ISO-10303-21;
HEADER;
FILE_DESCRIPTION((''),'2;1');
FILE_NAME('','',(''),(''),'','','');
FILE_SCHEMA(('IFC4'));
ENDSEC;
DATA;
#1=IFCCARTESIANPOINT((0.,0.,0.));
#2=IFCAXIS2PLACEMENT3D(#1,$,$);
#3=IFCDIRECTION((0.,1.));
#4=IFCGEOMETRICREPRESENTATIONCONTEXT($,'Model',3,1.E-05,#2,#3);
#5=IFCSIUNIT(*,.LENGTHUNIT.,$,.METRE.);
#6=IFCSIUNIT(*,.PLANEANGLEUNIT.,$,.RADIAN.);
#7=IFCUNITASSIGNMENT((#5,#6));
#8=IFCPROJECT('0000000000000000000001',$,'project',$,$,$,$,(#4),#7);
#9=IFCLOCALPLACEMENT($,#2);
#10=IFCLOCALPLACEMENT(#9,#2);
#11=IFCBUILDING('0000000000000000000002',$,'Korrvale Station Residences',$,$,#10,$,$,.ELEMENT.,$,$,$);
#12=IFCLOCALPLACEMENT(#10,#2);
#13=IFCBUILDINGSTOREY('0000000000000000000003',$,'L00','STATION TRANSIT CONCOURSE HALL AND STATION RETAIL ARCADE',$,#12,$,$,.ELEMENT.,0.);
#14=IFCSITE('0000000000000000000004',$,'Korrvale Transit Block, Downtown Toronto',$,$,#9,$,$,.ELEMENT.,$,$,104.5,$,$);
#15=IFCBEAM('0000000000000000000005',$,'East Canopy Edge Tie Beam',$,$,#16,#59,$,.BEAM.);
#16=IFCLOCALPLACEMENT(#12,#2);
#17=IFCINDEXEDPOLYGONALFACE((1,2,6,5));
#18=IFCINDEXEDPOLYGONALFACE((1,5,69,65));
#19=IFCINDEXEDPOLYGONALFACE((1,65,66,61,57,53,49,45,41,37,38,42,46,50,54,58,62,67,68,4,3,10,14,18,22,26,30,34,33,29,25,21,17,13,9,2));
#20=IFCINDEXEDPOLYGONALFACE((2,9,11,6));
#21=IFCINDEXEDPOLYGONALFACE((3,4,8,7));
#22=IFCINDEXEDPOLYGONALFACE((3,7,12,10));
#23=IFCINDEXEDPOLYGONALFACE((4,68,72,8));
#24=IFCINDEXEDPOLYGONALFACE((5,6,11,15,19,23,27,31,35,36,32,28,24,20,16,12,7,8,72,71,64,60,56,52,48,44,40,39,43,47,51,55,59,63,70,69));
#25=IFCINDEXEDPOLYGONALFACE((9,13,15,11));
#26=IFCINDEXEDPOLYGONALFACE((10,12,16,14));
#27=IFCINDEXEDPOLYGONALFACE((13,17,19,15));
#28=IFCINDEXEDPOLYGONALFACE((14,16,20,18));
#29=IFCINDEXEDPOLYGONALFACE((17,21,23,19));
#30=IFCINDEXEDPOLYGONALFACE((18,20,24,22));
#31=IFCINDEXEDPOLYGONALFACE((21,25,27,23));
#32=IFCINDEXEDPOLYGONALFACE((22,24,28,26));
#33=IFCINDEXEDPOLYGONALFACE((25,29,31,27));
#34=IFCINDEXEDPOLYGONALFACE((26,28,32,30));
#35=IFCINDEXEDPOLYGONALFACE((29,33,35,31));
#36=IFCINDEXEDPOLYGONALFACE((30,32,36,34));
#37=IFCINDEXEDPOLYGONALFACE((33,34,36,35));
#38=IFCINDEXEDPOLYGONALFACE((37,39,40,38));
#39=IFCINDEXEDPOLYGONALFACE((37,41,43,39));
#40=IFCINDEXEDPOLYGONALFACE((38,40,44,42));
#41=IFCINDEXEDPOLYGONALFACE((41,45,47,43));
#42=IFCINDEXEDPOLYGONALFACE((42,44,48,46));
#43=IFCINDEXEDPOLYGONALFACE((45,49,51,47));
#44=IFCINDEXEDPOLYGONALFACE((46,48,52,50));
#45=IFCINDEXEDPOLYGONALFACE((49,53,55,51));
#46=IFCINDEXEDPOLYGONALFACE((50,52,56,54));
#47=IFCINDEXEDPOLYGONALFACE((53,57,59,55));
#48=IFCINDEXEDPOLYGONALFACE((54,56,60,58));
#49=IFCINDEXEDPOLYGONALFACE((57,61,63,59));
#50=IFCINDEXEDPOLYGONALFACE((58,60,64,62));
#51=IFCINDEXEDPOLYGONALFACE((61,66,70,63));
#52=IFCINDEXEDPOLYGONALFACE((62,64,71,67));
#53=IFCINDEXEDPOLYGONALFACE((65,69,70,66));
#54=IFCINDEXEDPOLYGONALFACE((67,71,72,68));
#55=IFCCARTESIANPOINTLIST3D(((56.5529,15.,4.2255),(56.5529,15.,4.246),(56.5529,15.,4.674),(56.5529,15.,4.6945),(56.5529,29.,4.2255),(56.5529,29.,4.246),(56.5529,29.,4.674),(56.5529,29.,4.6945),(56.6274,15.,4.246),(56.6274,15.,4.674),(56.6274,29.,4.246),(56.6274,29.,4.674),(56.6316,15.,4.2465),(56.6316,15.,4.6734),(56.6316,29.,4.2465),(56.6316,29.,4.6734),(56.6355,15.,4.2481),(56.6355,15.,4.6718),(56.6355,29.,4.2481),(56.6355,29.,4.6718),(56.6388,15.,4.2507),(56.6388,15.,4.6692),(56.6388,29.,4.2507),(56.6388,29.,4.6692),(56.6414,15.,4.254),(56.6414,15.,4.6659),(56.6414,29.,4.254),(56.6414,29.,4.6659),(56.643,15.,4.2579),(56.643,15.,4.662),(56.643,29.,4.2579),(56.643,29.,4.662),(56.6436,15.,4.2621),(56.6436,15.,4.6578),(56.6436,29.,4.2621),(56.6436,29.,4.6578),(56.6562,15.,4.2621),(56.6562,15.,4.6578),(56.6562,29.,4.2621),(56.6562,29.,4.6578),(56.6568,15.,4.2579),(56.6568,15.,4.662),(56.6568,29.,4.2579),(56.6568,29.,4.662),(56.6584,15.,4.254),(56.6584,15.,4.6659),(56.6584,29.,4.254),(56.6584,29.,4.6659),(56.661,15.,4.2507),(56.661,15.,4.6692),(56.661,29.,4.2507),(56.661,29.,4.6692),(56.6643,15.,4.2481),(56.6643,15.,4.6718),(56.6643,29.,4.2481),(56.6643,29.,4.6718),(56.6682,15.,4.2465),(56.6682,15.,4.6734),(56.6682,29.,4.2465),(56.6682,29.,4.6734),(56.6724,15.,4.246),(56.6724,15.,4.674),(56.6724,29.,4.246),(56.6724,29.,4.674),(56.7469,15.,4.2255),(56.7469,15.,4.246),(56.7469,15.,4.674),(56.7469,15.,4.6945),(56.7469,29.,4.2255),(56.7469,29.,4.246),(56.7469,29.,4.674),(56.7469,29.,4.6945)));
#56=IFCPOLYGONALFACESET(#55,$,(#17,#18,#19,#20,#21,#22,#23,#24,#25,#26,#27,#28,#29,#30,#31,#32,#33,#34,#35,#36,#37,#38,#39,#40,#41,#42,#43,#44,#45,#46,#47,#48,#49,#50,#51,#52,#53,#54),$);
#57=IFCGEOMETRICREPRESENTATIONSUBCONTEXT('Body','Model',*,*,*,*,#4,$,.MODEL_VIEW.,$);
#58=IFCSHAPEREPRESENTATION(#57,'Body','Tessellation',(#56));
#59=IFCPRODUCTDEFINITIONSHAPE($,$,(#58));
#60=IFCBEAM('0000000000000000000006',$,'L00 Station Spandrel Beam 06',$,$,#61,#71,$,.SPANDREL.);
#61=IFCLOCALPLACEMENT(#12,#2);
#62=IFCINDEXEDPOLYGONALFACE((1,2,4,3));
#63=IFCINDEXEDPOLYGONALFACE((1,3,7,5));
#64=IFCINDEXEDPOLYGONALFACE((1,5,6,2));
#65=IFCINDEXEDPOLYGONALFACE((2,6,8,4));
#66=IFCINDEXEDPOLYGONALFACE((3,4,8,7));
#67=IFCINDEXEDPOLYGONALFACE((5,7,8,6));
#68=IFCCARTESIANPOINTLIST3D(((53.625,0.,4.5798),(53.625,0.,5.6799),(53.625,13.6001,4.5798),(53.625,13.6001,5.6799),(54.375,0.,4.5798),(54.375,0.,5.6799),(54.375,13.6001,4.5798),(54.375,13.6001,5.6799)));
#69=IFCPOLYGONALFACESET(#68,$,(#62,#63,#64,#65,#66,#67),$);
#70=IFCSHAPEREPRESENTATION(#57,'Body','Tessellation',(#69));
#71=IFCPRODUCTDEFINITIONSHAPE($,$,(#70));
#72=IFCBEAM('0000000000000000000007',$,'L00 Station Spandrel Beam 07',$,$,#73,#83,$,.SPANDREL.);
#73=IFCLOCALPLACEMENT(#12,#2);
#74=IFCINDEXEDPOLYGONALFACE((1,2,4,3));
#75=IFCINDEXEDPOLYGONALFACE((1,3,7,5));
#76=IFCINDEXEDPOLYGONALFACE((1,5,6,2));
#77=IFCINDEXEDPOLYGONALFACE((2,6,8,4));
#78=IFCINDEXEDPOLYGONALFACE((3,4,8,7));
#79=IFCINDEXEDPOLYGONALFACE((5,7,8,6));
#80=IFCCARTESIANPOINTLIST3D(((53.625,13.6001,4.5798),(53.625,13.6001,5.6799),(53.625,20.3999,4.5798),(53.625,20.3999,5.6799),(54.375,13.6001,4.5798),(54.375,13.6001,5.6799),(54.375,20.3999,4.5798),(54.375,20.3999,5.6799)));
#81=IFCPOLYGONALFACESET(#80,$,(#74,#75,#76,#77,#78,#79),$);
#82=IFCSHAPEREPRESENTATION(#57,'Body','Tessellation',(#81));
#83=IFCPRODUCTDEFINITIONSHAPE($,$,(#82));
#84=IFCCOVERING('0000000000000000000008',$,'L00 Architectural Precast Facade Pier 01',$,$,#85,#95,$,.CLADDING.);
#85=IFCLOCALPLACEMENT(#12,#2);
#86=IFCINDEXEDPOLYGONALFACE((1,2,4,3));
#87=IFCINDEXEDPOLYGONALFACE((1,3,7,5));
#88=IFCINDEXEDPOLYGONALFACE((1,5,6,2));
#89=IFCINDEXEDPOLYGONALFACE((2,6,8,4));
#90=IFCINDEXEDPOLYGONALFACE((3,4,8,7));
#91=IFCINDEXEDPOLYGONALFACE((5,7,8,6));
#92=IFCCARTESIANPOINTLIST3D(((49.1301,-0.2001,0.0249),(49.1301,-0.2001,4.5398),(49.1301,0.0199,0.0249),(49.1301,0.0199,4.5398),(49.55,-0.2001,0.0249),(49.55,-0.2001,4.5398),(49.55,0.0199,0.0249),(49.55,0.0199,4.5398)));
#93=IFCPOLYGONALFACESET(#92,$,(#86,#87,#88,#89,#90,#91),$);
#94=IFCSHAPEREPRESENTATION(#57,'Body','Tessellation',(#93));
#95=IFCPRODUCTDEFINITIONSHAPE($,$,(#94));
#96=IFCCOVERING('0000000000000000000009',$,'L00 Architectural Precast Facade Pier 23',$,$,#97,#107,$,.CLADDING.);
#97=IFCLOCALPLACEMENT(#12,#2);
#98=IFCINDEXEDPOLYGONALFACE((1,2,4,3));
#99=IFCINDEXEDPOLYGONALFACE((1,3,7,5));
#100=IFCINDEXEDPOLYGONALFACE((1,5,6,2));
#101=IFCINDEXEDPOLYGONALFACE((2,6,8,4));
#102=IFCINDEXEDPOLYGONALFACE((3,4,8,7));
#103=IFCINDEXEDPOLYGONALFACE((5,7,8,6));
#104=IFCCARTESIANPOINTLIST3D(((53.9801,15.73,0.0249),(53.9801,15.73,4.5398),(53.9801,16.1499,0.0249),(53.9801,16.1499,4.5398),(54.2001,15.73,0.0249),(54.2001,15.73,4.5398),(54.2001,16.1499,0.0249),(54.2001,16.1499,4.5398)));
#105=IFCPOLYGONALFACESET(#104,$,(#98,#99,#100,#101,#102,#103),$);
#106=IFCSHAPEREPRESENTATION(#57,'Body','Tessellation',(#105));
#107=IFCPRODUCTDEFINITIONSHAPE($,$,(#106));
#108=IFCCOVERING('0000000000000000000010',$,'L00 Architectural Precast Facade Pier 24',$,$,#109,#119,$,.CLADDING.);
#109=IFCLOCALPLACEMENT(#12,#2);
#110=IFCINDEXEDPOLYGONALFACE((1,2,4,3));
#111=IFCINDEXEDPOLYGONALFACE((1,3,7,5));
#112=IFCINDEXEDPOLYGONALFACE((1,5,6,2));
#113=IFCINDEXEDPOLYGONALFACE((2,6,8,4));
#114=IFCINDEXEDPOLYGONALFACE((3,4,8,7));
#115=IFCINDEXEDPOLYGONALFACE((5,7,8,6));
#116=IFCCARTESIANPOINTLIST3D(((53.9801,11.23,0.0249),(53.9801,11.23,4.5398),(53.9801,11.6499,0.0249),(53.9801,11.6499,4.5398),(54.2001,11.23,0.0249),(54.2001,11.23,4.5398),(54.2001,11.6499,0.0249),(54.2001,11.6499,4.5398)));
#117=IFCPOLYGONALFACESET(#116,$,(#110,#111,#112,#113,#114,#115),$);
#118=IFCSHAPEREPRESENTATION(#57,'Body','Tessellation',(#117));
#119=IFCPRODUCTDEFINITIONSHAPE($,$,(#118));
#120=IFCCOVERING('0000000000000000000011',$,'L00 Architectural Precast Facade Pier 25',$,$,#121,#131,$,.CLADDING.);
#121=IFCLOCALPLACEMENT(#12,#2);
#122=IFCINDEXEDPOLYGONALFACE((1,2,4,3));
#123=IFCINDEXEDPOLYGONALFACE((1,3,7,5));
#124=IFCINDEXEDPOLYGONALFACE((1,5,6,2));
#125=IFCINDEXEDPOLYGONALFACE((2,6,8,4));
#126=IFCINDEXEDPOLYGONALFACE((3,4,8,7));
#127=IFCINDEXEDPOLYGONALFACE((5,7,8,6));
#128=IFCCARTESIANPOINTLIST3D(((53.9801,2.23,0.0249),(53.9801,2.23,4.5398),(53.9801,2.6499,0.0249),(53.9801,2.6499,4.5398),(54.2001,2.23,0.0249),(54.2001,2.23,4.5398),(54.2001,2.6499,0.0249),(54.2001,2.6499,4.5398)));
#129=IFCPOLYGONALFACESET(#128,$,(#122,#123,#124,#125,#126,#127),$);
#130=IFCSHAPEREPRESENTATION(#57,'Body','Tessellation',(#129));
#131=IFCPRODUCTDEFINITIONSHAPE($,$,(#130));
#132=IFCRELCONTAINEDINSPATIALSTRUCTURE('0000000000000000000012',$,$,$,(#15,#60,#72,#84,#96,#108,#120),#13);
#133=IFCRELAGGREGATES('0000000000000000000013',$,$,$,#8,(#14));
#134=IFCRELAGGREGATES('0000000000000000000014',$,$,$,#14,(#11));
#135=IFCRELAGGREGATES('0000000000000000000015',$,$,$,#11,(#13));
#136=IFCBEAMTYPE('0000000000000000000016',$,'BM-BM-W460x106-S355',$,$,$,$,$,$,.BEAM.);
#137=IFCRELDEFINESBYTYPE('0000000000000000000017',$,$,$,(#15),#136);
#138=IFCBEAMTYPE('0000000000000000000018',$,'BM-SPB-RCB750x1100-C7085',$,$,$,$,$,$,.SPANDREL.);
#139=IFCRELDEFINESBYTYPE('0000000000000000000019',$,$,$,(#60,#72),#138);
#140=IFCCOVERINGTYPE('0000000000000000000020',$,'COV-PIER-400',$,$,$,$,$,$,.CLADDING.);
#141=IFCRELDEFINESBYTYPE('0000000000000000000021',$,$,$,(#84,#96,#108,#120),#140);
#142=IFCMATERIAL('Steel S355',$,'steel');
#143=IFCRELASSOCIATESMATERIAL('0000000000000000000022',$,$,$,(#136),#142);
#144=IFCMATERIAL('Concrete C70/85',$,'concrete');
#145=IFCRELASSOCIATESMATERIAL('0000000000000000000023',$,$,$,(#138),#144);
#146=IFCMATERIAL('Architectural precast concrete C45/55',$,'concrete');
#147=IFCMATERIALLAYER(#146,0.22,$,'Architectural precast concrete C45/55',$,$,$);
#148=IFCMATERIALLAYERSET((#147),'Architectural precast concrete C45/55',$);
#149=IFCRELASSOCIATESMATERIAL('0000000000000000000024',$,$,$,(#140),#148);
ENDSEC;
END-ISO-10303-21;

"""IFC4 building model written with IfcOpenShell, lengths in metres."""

from ifc_helpers import new_model, si_unit, direction, frame, origin, origin_2d, place, context, subcontext, project, spatial, rectangle, i_section, extrude, material, layer, layer_set, material_profile, profile_set, type_object, element, save


model = new_model("IFC4")

# Units and contexts
model_context = context("Model", 3, precision=1e-05, world=origin(), true_north=direction((0.0, 1.0)))
body_context = subcontext(model_context, "Body", "Model", "MODEL_VIEW")
ifc_project = project(units=[si_unit("LENGTHUNIT", "METRE"), si_unit("PLANEANGLEUNIT", "RADIAN")], contexts=[model_context])

# Site, building, storey
site_placement = place(None, origin())
site = spatial("IfcSite", under=ifc_project, at=site_placement, Name="Korrvale Transit Block, Downtown Toronto", CompositionType="ELEMENT", RefElevation=104.5)
building_placement = place(site_placement, origin())
building = spatial("IfcBuilding", under=site, at=building_placement, Name="Korrvale Station Residences", CompositionType="ELEMENT")
storey_placement = place(building_placement, origin())
storey = spatial("IfcBuildingStorey", under=building, at=storey_placement, Name="L00", Description="STATION TRANSIT CONCOURSE HALL AND STATION RETAIL ARCADE", CompositionType="ELEMENT", Elevation=0.0)

# Shared definitions
ifc_material_1 = material(Name="Steel S355", Category="steel")
ifc_material_2 = material(Name="Concrete C70/85", Category="concrete")

# Beams
ifc_material_profile_1 = material_profile(ifc_material_1, i_section(OverallWidth=0.1941, OverallDepth=0.469, WebThickness=0.0127, FlangeThickness=0.0205, FilletRadius=0.0161, at=origin_2d()), Name="W460x106")
ifc_profile_set_1 = profile_set([ifc_material_profile_1], Name="Steel S355")
beam_type_1 = type_object("IfcBeamType", Name="BM-BM-W460x106-S355", PredefinedType="BEAM", material=ifc_profile_set_1)
beam_1_placement = place(storey_placement, frame((56.6499, 15.0, 4.46), z_axis=(0.0, 1.0, 0.0), x_axis=(-1.0, 0.0, 0.0)))
element("IfcBeam", 1, at=beam_1_placement, inside=storey, type_object=beam_type_1, Name="East Canopy Edge Tie Beam", PredefinedType="BEAM", context=body_context, shape_type="SweptSolid", body=[
    extrude(i_section(OverallWidth=0.1941, OverallDepth=0.469, WebThickness=0.0127, FlangeThickness=0.0205, FilletRadius=0.0161, at=origin_2d()), origin(), (0.0, 0.0, 1.0), 14.0),
])
ifc_material_profile_2 = material_profile(ifc_material_2, rectangle(XDim=0.75, YDim=1.1001, at=origin_2d()), Name="RCB750x1100")
ifc_profile_set_2 = profile_set([ifc_material_profile_2], Name="Concrete C70/85")
beam_type_2 = type_object("IfcBeamType", Name="BM-SPB-RCB750x1100-C7085", PredefinedType="SPANDREL", material=ifc_profile_set_2)
beam_2_placement = place(storey_placement, frame((54.0, 0.0, 5.1299), z_axis=(0.0, 1.0, 0.0), x_axis=(-1.0, 0.0, 0.0)))
element("IfcBeam", 2, at=beam_2_placement, inside=storey, type_object=beam_type_2, Name="L00 Station Spandrel Beam 06", PredefinedType="SPANDREL", context=body_context, shape_type="SweptSolid", body=[
    extrude(rectangle(XDim=0.75, YDim=1.1001, at=origin_2d()), origin(), (0.0, 0.0, 1.0), 13.6001),
])
beam_3_placement = place(storey_placement, frame((54.0, 13.6001, 5.1299), z_axis=(0.0, 1.0, 0.0), x_axis=(-1.0, 0.0, 0.0)))
element("IfcBeam", 3, at=beam_3_placement, inside=storey, type_object=beam_type_2, Name="L00 Station Spandrel Beam 07", PredefinedType="SPANDREL", context=body_context, shape_type="SweptSolid", body=[
    extrude(rectangle(XDim=0.75, YDim=1.1001, at=origin_2d()), origin(), (0.0, 0.0, 1.0), 6.7998),
])

# Coverings
ifc_material_3 = material(Name="Architectural precast concrete C45/55", Category="concrete")
ifc_layer_1 = layer(ifc_material_3, 0.22, Name="Architectural precast concrete C45/55")
ifc_layer_set_1 = layer_set([ifc_layer_1], Name="Architectural precast concrete C45/55")
covering_type = type_object("IfcCoveringType", Name="COV-PIER-400", PredefinedType="CLADDING", material=ifc_layer_set_1)
for number, where, z_axis, x_axis, name in (
    (4, (49.3401, -0.0901, 0.0249), (0.0, 0.0, 1.0), (1.0, 0.0, 0.0), "L00 Architectural Precast Facade Pier 01"),
    (5, (54.0901, 15.9399, 0.0249), (0.0, 0.0, 1.0), (0.0, 1.0, 0.0), "L00 Architectural Precast Facade Pier 23"),
    (6, (54.0901, 11.4399, 0.0249), (0.0, 0.0, 1.0), (0.0, 1.0, 0.0), "L00 Architectural Precast Facade Pier 24"),
    (7, (54.0901, 2.4399, 0.0249), (0.0, 0.0, 1.0), (0.0, 1.0, 0.0), "L00 Architectural Precast Facade Pier 25"),
):
    element("IfcCovering", number, at=place(storey_placement, frame(where, z_axis=z_axis, x_axis=x_axis)), inside=storey, type_object=covering_type, Name=name, PredefinedType="CLADDING", context=body_context, shape_type="SweptSolid", body=[
        extrude(rectangle(XDim=0.4199, YDim=0.22, at=origin_2d()), origin(), (0.0, 0.0, 1.0), 4.5149),
    ])

save(model, "model.ifc")
